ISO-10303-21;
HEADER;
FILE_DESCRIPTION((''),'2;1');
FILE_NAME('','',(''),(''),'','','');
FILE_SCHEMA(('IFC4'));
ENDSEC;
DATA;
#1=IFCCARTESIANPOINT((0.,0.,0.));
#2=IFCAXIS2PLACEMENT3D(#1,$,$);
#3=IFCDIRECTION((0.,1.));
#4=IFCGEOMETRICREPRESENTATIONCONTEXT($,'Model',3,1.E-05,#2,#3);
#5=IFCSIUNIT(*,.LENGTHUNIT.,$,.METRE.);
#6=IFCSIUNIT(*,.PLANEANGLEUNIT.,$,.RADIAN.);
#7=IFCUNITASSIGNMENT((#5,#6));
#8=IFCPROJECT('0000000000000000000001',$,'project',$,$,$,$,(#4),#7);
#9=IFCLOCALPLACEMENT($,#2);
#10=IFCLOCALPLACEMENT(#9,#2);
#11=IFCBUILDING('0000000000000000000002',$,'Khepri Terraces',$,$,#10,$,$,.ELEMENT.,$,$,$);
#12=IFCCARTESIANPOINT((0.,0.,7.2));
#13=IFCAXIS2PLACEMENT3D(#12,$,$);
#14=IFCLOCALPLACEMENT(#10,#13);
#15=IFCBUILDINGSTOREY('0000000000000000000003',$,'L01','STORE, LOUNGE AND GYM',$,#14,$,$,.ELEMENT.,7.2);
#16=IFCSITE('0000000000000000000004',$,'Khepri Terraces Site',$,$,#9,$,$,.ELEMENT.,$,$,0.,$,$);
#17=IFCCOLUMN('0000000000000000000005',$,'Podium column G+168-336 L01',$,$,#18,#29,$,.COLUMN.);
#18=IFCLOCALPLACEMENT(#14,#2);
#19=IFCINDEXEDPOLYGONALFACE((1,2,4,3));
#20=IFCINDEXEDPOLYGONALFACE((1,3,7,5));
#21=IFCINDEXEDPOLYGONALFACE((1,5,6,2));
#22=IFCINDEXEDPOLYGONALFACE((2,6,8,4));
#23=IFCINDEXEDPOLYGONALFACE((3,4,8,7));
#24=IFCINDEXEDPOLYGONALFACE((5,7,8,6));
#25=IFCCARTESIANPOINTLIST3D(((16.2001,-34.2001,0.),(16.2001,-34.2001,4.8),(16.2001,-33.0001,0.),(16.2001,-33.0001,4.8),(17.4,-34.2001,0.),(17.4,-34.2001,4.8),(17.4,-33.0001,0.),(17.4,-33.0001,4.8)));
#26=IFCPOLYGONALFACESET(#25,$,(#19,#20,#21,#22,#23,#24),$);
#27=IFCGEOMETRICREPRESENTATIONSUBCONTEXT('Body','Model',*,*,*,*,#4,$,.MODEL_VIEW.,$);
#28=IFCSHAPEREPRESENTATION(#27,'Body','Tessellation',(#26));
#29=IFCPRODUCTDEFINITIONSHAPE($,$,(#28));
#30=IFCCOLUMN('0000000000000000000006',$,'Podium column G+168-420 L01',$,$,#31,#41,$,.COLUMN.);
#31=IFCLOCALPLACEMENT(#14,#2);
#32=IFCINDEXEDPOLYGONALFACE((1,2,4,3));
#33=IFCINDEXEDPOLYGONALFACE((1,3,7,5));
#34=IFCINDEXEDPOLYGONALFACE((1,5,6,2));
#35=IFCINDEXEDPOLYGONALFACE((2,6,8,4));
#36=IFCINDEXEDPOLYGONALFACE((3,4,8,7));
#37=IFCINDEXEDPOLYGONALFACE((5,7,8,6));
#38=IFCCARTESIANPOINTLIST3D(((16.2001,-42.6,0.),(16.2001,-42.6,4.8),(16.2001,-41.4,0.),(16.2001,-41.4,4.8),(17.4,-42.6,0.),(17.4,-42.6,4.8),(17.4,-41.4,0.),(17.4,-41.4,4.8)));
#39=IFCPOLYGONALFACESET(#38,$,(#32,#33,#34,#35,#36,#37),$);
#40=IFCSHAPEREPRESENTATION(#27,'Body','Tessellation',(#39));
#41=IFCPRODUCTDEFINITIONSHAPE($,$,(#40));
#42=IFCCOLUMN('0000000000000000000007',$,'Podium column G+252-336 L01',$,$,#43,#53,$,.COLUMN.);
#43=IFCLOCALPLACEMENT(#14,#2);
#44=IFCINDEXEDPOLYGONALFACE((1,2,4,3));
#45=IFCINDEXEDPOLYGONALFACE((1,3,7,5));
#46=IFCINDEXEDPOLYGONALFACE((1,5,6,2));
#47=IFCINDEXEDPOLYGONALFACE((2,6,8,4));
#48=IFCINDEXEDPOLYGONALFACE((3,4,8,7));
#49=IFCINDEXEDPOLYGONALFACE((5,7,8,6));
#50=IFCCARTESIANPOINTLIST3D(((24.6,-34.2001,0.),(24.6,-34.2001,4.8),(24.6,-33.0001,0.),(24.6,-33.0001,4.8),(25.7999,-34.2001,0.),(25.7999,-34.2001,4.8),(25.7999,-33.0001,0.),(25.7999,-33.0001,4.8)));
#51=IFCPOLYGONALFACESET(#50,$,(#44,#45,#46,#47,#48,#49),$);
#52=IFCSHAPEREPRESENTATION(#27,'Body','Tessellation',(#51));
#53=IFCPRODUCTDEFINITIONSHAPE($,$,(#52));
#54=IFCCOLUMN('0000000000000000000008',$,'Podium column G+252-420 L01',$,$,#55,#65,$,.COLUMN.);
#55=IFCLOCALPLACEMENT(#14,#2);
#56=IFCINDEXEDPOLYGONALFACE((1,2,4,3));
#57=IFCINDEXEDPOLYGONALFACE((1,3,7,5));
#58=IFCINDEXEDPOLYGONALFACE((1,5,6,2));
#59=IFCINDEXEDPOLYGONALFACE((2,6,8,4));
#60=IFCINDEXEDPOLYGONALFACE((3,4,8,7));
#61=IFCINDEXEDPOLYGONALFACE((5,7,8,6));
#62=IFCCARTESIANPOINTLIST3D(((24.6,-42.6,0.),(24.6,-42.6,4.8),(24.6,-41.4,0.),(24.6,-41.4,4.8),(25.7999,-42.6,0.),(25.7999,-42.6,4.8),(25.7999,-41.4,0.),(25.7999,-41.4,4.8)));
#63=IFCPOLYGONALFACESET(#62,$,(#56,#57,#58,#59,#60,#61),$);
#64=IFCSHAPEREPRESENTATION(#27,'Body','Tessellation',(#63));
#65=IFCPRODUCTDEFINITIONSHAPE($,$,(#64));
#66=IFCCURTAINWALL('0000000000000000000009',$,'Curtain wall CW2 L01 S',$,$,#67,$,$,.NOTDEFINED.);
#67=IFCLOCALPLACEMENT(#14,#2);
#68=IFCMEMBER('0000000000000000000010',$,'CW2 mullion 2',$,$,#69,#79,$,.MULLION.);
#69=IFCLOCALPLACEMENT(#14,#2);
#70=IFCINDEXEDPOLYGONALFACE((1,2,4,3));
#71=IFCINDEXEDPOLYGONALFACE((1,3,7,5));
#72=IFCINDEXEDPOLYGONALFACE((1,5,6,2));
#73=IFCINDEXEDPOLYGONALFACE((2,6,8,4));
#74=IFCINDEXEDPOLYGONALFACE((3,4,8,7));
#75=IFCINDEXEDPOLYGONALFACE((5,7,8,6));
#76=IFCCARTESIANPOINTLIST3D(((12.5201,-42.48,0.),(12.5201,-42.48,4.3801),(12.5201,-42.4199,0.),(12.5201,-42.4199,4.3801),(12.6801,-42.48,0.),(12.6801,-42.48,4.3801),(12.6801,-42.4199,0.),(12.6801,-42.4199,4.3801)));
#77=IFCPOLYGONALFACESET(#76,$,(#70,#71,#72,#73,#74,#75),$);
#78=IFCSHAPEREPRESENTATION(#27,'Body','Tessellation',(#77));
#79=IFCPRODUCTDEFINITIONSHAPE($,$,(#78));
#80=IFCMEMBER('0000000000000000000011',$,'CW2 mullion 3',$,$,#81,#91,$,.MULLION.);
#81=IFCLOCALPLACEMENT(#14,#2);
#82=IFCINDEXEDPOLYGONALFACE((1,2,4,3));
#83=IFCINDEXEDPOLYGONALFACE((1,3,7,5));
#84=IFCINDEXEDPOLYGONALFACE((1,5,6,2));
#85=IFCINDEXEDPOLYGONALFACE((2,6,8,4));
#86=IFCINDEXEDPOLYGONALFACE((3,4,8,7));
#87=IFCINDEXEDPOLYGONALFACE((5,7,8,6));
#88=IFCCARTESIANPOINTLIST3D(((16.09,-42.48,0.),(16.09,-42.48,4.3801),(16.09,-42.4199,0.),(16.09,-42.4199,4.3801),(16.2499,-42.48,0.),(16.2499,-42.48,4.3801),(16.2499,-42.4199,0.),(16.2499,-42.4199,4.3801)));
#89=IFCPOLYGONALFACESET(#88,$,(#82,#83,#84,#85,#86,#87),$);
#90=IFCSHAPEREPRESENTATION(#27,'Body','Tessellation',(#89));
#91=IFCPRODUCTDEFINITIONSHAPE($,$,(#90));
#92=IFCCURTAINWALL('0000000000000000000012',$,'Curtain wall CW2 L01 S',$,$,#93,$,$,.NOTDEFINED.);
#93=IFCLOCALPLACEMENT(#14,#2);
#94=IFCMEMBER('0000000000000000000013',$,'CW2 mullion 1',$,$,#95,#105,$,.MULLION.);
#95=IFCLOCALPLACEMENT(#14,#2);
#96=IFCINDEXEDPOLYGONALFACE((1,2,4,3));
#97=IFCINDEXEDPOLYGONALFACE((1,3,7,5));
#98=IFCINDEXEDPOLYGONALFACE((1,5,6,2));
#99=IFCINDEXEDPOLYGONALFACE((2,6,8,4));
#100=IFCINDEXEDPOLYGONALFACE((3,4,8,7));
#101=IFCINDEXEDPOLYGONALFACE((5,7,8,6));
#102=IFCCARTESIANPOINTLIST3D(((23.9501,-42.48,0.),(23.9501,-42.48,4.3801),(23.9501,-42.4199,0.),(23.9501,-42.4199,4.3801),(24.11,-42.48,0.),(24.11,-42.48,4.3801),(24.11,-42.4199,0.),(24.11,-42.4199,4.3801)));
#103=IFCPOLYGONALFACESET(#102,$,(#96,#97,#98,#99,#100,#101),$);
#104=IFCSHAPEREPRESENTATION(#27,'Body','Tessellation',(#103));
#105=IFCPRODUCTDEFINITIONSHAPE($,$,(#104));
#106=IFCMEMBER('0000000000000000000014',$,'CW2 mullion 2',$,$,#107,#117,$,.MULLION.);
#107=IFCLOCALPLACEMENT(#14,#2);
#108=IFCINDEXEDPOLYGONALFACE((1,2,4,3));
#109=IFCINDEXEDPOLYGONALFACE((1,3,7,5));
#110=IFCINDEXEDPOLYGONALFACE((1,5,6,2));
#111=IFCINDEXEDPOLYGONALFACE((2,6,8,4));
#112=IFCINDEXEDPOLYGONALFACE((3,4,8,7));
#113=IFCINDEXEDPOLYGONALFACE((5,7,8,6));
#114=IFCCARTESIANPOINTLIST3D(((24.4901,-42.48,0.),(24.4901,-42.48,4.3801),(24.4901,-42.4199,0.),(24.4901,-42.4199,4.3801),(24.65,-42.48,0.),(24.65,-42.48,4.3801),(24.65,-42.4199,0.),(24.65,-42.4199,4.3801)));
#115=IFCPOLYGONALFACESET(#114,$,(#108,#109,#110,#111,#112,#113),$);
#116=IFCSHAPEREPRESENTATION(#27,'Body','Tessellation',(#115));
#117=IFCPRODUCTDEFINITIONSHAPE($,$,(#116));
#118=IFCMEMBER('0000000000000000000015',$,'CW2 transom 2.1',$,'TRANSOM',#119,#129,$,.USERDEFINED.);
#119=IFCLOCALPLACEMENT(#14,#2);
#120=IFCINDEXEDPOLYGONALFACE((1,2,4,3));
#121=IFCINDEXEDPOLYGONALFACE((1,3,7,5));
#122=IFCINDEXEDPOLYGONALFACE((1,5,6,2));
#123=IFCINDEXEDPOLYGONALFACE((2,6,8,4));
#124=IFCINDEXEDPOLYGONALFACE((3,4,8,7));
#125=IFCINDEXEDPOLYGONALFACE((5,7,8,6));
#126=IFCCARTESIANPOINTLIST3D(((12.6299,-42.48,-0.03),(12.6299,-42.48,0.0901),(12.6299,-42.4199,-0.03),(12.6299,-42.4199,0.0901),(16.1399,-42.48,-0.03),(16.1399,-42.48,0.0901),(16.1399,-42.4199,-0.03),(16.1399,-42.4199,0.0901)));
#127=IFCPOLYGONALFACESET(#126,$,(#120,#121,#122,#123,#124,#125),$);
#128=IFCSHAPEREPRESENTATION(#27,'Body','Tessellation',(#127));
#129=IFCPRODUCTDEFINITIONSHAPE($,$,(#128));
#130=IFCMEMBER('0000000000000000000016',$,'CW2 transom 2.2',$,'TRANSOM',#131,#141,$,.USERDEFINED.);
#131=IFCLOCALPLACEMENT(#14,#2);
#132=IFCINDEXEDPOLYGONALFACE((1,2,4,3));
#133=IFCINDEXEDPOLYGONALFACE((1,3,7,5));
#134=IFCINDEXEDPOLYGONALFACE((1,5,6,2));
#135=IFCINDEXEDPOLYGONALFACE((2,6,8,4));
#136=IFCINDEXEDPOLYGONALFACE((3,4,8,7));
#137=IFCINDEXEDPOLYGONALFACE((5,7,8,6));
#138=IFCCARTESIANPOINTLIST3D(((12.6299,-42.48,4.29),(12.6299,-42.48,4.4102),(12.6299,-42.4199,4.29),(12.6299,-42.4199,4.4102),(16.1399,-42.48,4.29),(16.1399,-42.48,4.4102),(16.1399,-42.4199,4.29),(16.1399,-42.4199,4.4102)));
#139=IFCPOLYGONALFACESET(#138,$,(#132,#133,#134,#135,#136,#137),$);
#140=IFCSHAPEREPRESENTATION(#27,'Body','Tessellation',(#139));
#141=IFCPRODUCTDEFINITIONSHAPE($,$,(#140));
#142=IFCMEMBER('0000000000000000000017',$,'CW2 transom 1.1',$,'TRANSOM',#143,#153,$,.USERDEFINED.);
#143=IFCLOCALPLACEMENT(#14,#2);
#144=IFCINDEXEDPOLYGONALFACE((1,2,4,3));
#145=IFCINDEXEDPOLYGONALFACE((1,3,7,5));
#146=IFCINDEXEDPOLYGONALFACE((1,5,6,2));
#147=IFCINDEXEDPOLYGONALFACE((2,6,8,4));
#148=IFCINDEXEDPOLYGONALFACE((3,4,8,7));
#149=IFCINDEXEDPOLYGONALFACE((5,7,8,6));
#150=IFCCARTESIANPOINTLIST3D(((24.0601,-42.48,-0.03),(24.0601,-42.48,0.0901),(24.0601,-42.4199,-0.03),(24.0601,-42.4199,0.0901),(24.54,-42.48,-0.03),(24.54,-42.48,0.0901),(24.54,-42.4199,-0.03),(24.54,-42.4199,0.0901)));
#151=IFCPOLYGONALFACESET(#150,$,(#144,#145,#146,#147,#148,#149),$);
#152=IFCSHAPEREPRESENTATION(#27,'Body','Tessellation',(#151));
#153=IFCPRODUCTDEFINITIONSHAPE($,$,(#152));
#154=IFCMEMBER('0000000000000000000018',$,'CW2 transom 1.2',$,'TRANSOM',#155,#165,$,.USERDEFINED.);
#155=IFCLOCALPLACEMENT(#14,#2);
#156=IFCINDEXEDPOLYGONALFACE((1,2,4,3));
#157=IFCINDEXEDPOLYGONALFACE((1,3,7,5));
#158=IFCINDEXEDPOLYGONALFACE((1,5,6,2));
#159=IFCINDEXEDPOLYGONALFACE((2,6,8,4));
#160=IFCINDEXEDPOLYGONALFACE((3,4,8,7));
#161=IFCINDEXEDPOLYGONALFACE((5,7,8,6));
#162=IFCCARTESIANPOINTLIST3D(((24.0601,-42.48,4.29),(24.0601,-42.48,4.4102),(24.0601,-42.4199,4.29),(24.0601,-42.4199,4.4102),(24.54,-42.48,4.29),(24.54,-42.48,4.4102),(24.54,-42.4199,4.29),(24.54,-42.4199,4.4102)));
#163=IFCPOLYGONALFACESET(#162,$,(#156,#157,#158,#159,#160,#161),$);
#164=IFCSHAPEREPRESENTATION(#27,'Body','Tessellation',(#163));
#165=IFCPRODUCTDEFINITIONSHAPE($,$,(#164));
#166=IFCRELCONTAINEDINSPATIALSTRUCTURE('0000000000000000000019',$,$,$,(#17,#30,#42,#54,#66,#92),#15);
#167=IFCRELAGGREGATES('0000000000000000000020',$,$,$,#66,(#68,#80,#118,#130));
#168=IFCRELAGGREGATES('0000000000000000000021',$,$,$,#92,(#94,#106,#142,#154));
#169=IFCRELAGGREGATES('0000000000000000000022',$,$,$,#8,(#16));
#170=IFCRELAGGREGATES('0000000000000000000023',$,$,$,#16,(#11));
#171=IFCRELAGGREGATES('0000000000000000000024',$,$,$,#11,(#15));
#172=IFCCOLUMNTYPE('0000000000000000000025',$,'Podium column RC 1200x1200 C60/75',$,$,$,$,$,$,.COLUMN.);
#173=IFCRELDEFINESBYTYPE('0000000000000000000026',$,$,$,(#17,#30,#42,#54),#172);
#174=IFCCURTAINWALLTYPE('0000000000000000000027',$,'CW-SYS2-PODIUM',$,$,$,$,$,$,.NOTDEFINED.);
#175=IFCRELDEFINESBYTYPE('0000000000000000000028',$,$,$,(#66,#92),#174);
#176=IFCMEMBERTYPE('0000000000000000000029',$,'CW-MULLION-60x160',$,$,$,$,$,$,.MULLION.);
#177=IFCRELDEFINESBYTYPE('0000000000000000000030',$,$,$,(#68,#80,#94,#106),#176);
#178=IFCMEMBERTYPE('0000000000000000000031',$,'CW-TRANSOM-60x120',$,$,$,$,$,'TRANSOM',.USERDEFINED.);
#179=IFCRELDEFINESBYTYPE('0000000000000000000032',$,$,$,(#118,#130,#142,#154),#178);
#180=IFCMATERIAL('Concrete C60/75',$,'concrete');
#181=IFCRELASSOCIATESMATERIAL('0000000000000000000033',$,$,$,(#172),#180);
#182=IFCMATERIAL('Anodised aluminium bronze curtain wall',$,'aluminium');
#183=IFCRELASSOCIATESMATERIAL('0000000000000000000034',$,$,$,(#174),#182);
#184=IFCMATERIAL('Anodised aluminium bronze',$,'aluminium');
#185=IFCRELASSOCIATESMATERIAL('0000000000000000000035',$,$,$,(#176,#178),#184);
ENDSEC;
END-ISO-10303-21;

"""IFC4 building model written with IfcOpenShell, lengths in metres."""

from ifc_helpers import new_model, si_unit, direction, frame, origin, origin_2d, place, context, subcontext, project, spatial, rectangle, extrude, material, material_profile, profile_set, type_object, element, aggregate, save


model = new_model("IFC4")

# Units and contexts
model_context = context("Model", 3, precision=1e-05, world=origin(), true_north=direction((0.0, 1.0)))
body_context = subcontext(model_context, "Body", "Model", "MODEL_VIEW")
ifc_project = project(units=[si_unit("LENGTHUNIT", "METRE"), si_unit("PLANEANGLEUNIT", "RADIAN")], contexts=[model_context])

# Site, building, storey
site_placement = place(None, origin())
site = spatial("IfcSite", under=ifc_project, at=site_placement, Name="Khepri Terraces Site", CompositionType="ELEMENT", RefElevation=0.0)
building_placement = place(site_placement, origin())
building = spatial("IfcBuilding", under=site, at=building_placement, Name="Khepri Terraces", CompositionType="ELEMENT")
storey_placement = place(building_placement, frame((0.0, 0.0, 7.2)))
storey = spatial("IfcBuildingStorey", under=building, at=storey_placement, Name="L01", Description="STORE, LOUNGE AND GYM", CompositionType="ELEMENT", Elevation=7.2)

# Columns
ifc_material_1 = material(Name="Concrete C60/75", Category="concrete")
ifc_material_profile_1 = material_profile(ifc_material_1, rectangle(XDim=1.2, YDim=1.2, at=origin_2d()), Name="Concrete C60/75", Category="concrete")
ifc_profile_set_1 = profile_set([ifc_material_profile_1], Name="Concrete C60/75")
column_type = type_object("IfcColumnType", Name="Podium column RC 1200x1200 C60/75", PredefinedType="COLUMN", material=ifc_profile_set_1)
for number, where, z_axis, x_axis, name in (
    (1, (16.8, -33.6001, 0.0), (0.0, 0.0, 1.0), (1.0, 0.0, 0.0), "Podium column G+168-336 L01"),
    (2, (16.8, -42.0, 0.0), (0.0, 0.0, 1.0), (1.0, 0.0, 0.0), "Podium column G+168-420 L01"),
    (3, (25.2, -33.6001, 0.0), (0.0, 0.0, 1.0), (1.0, 0.0, 0.0), "Podium column G+252-336 L01"),
    (4, (25.2, -42.0, 0.0), (0.0, 0.0, 1.0), (1.0, 0.0, 0.0), "Podium column G+252-420 L01"),
):
    element("IfcColumn", number, at=place(storey_placement, frame(where, z_axis=z_axis, x_axis=x_axis)), inside=storey, type_object=column_type, Name=name, PredefinedType="COLUMN", context=body_context, shape_type="SweptSolid", body=[
        extrude(rectangle(XDim=1.2, YDim=1.2, at=origin_2d()), origin(), (0.0, 0.0, 1.0), 4.8),
    ])

# Curtain walls, members
ifc_material_2 = material(Name="Anodised aluminium bronze curtain wall", Category="aluminium")
curtain_wall_type = type_object("IfcCurtainWallType", Name="CW-SYS2-PODIUM", PredefinedType="NOTDEFINED", material=ifc_material_2)
curtain_wall_1_placement = place(storey_placement, origin())
curtain_wall_1 = element("IfcCurtainWall", 5, at=curtain_wall_1_placement, inside=storey, type_object=curtain_wall_type, Name="Curtain wall CW2 L01 S", PredefinedType="NOTDEFINED")
ifc_material_3 = material(Name="Anodised aluminium bronze", Category="aluminium")
ifc_material_profile_2 = material_profile(ifc_material_3, rectangle(XDim=0.0601, YDim=0.1599, at=origin_2d()), Name="Anodised aluminium bronze", Category="aluminium")
ifc_profile_set_2 = profile_set([ifc_material_profile_2], Name="Anodised aluminium bronze")
member_type_1 = type_object("IfcMemberType", Name="CW-MULLION-60x160", PredefinedType="MULLION", material=ifc_profile_set_2)
member_1_placement = place(storey_placement, frame((12.6001, -42.45, 0.0), z_axis=(0.0, 0.0, 1.0), x_axis=(0.0, 1.0, 0.0)))
member_1 = element("IfcMember", 6, at=member_1_placement, type_object=member_type_1, Name="CW2 mullion 2", PredefinedType="MULLION", context=body_context, shape_type="SweptSolid", body=[
    extrude(rectangle(XDim=0.0601, YDim=0.1599, at=origin_2d()), origin(), (0.0, 0.0, 1.0), 4.3801),
])
member_2_placement = place(storey_placement, frame((16.1699, -42.45, 0.0), z_axis=(0.0, 0.0, 1.0), x_axis=(0.0, 1.0, 0.0)))
member_2 = element("IfcMember", 7, at=member_2_placement, type_object=member_type_1, Name="CW2 mullion 3", PredefinedType="MULLION", context=body_context, shape_type="SweptSolid", body=[
    extrude(rectangle(XDim=0.0601, YDim=0.1599, at=origin_2d()), origin(), (0.0, 0.0, 1.0), 4.3801),
])
curtain_wall_2_placement = place(storey_placement, origin())
curtain_wall_2 = element("IfcCurtainWall", 8, at=curtain_wall_2_placement, inside=storey, type_object=curtain_wall_type, Name="Curtain wall CW2 L01 S", PredefinedType="NOTDEFINED")
member_3_placement = place(storey_placement, frame((24.03, -42.45, 0.0), z_axis=(0.0, 0.0, 1.0), x_axis=(0.0, 1.0, 0.0)))
member_3 = element("IfcMember", 9, at=member_3_placement, type_object=member_type_1, Name="CW2 mullion 1", PredefinedType="MULLION", context=body_context, shape_type="SweptSolid", body=[
    extrude(rectangle(XDim=0.0601, YDim=0.1599, at=origin_2d()), origin(), (0.0, 0.0, 1.0), 4.3801),
])
member_4_placement = place(storey_placement, frame((24.5701, -42.45, 0.0), z_axis=(0.0, 0.0, 1.0), x_axis=(0.0, 1.0, 0.0)))
member_4 = element("IfcMember", 10, at=member_4_placement, type_object=member_type_1, Name="CW2 mullion 2", PredefinedType="MULLION", context=body_context, shape_type="SweptSolid", body=[
    extrude(rectangle(XDim=0.0601, YDim=0.1599, at=origin_2d()), origin(), (0.0, 0.0, 1.0), 4.3801),
])

# Members
ifc_material_profile_3 = material_profile(ifc_material_3, rectangle(XDim=0.0601, YDim=0.1201, at=origin_2d()), Name="Anodised aluminium bronze", Category="aluminium")
ifc_profile_set_3 = profile_set([ifc_material_profile_3], Name="Anodised aluminium bronze")
member_type_2 = type_object("IfcMemberType", Name="CW-TRANSOM-60x120", ElementType="TRANSOM", PredefinedType="USERDEFINED", material=ifc_profile_set_3)
member_5_placement = place(storey_placement, frame((12.6299, -42.45, 0.03), z_axis=(1.0, 0.0, 0.0), x_axis=(0.0, 1.0, 0.0)))
member_5 = element("IfcMember", 11, at=member_5_placement, type_object=member_type_2, Name="CW2 transom 2.1", ObjectType="TRANSOM", PredefinedType="USERDEFINED", context=body_context, shape_type="SweptSolid", body=[
    extrude(rectangle(XDim=0.0601, YDim=0.1201, at=origin_2d()), origin(), (0.0, 0.0, 1.0), 3.51),
])
member_6_placement = place(storey_placement, frame((12.6299, -42.45, 4.3501), z_axis=(1.0, 0.0, 0.0), x_axis=(0.0, 1.0, 0.0)))
member_6 = element("IfcMember", 12, at=member_6_placement, type_object=member_type_2, Name="CW2 transom 2.2", ObjectType="TRANSOM", PredefinedType="USERDEFINED", context=body_context, shape_type="SweptSolid", body=[
    extrude(rectangle(XDim=0.0601, YDim=0.1201, at=origin_2d()), origin(), (0.0, 0.0, 1.0), 3.51),
])
member_7_placement = place(storey_placement, frame((24.0601, -42.45, 0.03), z_axis=(1.0, 0.0, 0.0), x_axis=(0.0, 1.0, 0.0)))
member_7 = element("IfcMember", 13, at=member_7_placement, type_object=member_type_2, Name="CW2 transom 1.1", ObjectType="TRANSOM", PredefinedType="USERDEFINED", context=body_context, shape_type="SweptSolid", body=[
    extrude(rectangle(XDim=0.0601, YDim=0.1201, at=origin_2d()), origin(), (0.0, 0.0, 1.0), 0.48),
])
member_8_placement = place(storey_placement, frame((24.0601, -42.45, 4.3501), z_axis=(1.0, 0.0, 0.0), x_axis=(0.0, 1.0, 0.0)))
member_8 = element("IfcMember", 14, at=member_8_placement, type_object=member_type_2, Name="CW2 transom 1.2", ObjectType="TRANSOM", PredefinedType="USERDEFINED", context=body_context, shape_type="SweptSolid", body=[
    extrude(rectangle(XDim=0.0601, YDim=0.1201, at=origin_2d()), origin(), (0.0, 0.0, 1.0), 0.48),
])

aggregate(curtain_wall_1, [member_1, member_2, member_5, member_6])
aggregate(curtain_wall_2, [member_3, member_4, member_7, member_8])

save(model, "model.ifc")
